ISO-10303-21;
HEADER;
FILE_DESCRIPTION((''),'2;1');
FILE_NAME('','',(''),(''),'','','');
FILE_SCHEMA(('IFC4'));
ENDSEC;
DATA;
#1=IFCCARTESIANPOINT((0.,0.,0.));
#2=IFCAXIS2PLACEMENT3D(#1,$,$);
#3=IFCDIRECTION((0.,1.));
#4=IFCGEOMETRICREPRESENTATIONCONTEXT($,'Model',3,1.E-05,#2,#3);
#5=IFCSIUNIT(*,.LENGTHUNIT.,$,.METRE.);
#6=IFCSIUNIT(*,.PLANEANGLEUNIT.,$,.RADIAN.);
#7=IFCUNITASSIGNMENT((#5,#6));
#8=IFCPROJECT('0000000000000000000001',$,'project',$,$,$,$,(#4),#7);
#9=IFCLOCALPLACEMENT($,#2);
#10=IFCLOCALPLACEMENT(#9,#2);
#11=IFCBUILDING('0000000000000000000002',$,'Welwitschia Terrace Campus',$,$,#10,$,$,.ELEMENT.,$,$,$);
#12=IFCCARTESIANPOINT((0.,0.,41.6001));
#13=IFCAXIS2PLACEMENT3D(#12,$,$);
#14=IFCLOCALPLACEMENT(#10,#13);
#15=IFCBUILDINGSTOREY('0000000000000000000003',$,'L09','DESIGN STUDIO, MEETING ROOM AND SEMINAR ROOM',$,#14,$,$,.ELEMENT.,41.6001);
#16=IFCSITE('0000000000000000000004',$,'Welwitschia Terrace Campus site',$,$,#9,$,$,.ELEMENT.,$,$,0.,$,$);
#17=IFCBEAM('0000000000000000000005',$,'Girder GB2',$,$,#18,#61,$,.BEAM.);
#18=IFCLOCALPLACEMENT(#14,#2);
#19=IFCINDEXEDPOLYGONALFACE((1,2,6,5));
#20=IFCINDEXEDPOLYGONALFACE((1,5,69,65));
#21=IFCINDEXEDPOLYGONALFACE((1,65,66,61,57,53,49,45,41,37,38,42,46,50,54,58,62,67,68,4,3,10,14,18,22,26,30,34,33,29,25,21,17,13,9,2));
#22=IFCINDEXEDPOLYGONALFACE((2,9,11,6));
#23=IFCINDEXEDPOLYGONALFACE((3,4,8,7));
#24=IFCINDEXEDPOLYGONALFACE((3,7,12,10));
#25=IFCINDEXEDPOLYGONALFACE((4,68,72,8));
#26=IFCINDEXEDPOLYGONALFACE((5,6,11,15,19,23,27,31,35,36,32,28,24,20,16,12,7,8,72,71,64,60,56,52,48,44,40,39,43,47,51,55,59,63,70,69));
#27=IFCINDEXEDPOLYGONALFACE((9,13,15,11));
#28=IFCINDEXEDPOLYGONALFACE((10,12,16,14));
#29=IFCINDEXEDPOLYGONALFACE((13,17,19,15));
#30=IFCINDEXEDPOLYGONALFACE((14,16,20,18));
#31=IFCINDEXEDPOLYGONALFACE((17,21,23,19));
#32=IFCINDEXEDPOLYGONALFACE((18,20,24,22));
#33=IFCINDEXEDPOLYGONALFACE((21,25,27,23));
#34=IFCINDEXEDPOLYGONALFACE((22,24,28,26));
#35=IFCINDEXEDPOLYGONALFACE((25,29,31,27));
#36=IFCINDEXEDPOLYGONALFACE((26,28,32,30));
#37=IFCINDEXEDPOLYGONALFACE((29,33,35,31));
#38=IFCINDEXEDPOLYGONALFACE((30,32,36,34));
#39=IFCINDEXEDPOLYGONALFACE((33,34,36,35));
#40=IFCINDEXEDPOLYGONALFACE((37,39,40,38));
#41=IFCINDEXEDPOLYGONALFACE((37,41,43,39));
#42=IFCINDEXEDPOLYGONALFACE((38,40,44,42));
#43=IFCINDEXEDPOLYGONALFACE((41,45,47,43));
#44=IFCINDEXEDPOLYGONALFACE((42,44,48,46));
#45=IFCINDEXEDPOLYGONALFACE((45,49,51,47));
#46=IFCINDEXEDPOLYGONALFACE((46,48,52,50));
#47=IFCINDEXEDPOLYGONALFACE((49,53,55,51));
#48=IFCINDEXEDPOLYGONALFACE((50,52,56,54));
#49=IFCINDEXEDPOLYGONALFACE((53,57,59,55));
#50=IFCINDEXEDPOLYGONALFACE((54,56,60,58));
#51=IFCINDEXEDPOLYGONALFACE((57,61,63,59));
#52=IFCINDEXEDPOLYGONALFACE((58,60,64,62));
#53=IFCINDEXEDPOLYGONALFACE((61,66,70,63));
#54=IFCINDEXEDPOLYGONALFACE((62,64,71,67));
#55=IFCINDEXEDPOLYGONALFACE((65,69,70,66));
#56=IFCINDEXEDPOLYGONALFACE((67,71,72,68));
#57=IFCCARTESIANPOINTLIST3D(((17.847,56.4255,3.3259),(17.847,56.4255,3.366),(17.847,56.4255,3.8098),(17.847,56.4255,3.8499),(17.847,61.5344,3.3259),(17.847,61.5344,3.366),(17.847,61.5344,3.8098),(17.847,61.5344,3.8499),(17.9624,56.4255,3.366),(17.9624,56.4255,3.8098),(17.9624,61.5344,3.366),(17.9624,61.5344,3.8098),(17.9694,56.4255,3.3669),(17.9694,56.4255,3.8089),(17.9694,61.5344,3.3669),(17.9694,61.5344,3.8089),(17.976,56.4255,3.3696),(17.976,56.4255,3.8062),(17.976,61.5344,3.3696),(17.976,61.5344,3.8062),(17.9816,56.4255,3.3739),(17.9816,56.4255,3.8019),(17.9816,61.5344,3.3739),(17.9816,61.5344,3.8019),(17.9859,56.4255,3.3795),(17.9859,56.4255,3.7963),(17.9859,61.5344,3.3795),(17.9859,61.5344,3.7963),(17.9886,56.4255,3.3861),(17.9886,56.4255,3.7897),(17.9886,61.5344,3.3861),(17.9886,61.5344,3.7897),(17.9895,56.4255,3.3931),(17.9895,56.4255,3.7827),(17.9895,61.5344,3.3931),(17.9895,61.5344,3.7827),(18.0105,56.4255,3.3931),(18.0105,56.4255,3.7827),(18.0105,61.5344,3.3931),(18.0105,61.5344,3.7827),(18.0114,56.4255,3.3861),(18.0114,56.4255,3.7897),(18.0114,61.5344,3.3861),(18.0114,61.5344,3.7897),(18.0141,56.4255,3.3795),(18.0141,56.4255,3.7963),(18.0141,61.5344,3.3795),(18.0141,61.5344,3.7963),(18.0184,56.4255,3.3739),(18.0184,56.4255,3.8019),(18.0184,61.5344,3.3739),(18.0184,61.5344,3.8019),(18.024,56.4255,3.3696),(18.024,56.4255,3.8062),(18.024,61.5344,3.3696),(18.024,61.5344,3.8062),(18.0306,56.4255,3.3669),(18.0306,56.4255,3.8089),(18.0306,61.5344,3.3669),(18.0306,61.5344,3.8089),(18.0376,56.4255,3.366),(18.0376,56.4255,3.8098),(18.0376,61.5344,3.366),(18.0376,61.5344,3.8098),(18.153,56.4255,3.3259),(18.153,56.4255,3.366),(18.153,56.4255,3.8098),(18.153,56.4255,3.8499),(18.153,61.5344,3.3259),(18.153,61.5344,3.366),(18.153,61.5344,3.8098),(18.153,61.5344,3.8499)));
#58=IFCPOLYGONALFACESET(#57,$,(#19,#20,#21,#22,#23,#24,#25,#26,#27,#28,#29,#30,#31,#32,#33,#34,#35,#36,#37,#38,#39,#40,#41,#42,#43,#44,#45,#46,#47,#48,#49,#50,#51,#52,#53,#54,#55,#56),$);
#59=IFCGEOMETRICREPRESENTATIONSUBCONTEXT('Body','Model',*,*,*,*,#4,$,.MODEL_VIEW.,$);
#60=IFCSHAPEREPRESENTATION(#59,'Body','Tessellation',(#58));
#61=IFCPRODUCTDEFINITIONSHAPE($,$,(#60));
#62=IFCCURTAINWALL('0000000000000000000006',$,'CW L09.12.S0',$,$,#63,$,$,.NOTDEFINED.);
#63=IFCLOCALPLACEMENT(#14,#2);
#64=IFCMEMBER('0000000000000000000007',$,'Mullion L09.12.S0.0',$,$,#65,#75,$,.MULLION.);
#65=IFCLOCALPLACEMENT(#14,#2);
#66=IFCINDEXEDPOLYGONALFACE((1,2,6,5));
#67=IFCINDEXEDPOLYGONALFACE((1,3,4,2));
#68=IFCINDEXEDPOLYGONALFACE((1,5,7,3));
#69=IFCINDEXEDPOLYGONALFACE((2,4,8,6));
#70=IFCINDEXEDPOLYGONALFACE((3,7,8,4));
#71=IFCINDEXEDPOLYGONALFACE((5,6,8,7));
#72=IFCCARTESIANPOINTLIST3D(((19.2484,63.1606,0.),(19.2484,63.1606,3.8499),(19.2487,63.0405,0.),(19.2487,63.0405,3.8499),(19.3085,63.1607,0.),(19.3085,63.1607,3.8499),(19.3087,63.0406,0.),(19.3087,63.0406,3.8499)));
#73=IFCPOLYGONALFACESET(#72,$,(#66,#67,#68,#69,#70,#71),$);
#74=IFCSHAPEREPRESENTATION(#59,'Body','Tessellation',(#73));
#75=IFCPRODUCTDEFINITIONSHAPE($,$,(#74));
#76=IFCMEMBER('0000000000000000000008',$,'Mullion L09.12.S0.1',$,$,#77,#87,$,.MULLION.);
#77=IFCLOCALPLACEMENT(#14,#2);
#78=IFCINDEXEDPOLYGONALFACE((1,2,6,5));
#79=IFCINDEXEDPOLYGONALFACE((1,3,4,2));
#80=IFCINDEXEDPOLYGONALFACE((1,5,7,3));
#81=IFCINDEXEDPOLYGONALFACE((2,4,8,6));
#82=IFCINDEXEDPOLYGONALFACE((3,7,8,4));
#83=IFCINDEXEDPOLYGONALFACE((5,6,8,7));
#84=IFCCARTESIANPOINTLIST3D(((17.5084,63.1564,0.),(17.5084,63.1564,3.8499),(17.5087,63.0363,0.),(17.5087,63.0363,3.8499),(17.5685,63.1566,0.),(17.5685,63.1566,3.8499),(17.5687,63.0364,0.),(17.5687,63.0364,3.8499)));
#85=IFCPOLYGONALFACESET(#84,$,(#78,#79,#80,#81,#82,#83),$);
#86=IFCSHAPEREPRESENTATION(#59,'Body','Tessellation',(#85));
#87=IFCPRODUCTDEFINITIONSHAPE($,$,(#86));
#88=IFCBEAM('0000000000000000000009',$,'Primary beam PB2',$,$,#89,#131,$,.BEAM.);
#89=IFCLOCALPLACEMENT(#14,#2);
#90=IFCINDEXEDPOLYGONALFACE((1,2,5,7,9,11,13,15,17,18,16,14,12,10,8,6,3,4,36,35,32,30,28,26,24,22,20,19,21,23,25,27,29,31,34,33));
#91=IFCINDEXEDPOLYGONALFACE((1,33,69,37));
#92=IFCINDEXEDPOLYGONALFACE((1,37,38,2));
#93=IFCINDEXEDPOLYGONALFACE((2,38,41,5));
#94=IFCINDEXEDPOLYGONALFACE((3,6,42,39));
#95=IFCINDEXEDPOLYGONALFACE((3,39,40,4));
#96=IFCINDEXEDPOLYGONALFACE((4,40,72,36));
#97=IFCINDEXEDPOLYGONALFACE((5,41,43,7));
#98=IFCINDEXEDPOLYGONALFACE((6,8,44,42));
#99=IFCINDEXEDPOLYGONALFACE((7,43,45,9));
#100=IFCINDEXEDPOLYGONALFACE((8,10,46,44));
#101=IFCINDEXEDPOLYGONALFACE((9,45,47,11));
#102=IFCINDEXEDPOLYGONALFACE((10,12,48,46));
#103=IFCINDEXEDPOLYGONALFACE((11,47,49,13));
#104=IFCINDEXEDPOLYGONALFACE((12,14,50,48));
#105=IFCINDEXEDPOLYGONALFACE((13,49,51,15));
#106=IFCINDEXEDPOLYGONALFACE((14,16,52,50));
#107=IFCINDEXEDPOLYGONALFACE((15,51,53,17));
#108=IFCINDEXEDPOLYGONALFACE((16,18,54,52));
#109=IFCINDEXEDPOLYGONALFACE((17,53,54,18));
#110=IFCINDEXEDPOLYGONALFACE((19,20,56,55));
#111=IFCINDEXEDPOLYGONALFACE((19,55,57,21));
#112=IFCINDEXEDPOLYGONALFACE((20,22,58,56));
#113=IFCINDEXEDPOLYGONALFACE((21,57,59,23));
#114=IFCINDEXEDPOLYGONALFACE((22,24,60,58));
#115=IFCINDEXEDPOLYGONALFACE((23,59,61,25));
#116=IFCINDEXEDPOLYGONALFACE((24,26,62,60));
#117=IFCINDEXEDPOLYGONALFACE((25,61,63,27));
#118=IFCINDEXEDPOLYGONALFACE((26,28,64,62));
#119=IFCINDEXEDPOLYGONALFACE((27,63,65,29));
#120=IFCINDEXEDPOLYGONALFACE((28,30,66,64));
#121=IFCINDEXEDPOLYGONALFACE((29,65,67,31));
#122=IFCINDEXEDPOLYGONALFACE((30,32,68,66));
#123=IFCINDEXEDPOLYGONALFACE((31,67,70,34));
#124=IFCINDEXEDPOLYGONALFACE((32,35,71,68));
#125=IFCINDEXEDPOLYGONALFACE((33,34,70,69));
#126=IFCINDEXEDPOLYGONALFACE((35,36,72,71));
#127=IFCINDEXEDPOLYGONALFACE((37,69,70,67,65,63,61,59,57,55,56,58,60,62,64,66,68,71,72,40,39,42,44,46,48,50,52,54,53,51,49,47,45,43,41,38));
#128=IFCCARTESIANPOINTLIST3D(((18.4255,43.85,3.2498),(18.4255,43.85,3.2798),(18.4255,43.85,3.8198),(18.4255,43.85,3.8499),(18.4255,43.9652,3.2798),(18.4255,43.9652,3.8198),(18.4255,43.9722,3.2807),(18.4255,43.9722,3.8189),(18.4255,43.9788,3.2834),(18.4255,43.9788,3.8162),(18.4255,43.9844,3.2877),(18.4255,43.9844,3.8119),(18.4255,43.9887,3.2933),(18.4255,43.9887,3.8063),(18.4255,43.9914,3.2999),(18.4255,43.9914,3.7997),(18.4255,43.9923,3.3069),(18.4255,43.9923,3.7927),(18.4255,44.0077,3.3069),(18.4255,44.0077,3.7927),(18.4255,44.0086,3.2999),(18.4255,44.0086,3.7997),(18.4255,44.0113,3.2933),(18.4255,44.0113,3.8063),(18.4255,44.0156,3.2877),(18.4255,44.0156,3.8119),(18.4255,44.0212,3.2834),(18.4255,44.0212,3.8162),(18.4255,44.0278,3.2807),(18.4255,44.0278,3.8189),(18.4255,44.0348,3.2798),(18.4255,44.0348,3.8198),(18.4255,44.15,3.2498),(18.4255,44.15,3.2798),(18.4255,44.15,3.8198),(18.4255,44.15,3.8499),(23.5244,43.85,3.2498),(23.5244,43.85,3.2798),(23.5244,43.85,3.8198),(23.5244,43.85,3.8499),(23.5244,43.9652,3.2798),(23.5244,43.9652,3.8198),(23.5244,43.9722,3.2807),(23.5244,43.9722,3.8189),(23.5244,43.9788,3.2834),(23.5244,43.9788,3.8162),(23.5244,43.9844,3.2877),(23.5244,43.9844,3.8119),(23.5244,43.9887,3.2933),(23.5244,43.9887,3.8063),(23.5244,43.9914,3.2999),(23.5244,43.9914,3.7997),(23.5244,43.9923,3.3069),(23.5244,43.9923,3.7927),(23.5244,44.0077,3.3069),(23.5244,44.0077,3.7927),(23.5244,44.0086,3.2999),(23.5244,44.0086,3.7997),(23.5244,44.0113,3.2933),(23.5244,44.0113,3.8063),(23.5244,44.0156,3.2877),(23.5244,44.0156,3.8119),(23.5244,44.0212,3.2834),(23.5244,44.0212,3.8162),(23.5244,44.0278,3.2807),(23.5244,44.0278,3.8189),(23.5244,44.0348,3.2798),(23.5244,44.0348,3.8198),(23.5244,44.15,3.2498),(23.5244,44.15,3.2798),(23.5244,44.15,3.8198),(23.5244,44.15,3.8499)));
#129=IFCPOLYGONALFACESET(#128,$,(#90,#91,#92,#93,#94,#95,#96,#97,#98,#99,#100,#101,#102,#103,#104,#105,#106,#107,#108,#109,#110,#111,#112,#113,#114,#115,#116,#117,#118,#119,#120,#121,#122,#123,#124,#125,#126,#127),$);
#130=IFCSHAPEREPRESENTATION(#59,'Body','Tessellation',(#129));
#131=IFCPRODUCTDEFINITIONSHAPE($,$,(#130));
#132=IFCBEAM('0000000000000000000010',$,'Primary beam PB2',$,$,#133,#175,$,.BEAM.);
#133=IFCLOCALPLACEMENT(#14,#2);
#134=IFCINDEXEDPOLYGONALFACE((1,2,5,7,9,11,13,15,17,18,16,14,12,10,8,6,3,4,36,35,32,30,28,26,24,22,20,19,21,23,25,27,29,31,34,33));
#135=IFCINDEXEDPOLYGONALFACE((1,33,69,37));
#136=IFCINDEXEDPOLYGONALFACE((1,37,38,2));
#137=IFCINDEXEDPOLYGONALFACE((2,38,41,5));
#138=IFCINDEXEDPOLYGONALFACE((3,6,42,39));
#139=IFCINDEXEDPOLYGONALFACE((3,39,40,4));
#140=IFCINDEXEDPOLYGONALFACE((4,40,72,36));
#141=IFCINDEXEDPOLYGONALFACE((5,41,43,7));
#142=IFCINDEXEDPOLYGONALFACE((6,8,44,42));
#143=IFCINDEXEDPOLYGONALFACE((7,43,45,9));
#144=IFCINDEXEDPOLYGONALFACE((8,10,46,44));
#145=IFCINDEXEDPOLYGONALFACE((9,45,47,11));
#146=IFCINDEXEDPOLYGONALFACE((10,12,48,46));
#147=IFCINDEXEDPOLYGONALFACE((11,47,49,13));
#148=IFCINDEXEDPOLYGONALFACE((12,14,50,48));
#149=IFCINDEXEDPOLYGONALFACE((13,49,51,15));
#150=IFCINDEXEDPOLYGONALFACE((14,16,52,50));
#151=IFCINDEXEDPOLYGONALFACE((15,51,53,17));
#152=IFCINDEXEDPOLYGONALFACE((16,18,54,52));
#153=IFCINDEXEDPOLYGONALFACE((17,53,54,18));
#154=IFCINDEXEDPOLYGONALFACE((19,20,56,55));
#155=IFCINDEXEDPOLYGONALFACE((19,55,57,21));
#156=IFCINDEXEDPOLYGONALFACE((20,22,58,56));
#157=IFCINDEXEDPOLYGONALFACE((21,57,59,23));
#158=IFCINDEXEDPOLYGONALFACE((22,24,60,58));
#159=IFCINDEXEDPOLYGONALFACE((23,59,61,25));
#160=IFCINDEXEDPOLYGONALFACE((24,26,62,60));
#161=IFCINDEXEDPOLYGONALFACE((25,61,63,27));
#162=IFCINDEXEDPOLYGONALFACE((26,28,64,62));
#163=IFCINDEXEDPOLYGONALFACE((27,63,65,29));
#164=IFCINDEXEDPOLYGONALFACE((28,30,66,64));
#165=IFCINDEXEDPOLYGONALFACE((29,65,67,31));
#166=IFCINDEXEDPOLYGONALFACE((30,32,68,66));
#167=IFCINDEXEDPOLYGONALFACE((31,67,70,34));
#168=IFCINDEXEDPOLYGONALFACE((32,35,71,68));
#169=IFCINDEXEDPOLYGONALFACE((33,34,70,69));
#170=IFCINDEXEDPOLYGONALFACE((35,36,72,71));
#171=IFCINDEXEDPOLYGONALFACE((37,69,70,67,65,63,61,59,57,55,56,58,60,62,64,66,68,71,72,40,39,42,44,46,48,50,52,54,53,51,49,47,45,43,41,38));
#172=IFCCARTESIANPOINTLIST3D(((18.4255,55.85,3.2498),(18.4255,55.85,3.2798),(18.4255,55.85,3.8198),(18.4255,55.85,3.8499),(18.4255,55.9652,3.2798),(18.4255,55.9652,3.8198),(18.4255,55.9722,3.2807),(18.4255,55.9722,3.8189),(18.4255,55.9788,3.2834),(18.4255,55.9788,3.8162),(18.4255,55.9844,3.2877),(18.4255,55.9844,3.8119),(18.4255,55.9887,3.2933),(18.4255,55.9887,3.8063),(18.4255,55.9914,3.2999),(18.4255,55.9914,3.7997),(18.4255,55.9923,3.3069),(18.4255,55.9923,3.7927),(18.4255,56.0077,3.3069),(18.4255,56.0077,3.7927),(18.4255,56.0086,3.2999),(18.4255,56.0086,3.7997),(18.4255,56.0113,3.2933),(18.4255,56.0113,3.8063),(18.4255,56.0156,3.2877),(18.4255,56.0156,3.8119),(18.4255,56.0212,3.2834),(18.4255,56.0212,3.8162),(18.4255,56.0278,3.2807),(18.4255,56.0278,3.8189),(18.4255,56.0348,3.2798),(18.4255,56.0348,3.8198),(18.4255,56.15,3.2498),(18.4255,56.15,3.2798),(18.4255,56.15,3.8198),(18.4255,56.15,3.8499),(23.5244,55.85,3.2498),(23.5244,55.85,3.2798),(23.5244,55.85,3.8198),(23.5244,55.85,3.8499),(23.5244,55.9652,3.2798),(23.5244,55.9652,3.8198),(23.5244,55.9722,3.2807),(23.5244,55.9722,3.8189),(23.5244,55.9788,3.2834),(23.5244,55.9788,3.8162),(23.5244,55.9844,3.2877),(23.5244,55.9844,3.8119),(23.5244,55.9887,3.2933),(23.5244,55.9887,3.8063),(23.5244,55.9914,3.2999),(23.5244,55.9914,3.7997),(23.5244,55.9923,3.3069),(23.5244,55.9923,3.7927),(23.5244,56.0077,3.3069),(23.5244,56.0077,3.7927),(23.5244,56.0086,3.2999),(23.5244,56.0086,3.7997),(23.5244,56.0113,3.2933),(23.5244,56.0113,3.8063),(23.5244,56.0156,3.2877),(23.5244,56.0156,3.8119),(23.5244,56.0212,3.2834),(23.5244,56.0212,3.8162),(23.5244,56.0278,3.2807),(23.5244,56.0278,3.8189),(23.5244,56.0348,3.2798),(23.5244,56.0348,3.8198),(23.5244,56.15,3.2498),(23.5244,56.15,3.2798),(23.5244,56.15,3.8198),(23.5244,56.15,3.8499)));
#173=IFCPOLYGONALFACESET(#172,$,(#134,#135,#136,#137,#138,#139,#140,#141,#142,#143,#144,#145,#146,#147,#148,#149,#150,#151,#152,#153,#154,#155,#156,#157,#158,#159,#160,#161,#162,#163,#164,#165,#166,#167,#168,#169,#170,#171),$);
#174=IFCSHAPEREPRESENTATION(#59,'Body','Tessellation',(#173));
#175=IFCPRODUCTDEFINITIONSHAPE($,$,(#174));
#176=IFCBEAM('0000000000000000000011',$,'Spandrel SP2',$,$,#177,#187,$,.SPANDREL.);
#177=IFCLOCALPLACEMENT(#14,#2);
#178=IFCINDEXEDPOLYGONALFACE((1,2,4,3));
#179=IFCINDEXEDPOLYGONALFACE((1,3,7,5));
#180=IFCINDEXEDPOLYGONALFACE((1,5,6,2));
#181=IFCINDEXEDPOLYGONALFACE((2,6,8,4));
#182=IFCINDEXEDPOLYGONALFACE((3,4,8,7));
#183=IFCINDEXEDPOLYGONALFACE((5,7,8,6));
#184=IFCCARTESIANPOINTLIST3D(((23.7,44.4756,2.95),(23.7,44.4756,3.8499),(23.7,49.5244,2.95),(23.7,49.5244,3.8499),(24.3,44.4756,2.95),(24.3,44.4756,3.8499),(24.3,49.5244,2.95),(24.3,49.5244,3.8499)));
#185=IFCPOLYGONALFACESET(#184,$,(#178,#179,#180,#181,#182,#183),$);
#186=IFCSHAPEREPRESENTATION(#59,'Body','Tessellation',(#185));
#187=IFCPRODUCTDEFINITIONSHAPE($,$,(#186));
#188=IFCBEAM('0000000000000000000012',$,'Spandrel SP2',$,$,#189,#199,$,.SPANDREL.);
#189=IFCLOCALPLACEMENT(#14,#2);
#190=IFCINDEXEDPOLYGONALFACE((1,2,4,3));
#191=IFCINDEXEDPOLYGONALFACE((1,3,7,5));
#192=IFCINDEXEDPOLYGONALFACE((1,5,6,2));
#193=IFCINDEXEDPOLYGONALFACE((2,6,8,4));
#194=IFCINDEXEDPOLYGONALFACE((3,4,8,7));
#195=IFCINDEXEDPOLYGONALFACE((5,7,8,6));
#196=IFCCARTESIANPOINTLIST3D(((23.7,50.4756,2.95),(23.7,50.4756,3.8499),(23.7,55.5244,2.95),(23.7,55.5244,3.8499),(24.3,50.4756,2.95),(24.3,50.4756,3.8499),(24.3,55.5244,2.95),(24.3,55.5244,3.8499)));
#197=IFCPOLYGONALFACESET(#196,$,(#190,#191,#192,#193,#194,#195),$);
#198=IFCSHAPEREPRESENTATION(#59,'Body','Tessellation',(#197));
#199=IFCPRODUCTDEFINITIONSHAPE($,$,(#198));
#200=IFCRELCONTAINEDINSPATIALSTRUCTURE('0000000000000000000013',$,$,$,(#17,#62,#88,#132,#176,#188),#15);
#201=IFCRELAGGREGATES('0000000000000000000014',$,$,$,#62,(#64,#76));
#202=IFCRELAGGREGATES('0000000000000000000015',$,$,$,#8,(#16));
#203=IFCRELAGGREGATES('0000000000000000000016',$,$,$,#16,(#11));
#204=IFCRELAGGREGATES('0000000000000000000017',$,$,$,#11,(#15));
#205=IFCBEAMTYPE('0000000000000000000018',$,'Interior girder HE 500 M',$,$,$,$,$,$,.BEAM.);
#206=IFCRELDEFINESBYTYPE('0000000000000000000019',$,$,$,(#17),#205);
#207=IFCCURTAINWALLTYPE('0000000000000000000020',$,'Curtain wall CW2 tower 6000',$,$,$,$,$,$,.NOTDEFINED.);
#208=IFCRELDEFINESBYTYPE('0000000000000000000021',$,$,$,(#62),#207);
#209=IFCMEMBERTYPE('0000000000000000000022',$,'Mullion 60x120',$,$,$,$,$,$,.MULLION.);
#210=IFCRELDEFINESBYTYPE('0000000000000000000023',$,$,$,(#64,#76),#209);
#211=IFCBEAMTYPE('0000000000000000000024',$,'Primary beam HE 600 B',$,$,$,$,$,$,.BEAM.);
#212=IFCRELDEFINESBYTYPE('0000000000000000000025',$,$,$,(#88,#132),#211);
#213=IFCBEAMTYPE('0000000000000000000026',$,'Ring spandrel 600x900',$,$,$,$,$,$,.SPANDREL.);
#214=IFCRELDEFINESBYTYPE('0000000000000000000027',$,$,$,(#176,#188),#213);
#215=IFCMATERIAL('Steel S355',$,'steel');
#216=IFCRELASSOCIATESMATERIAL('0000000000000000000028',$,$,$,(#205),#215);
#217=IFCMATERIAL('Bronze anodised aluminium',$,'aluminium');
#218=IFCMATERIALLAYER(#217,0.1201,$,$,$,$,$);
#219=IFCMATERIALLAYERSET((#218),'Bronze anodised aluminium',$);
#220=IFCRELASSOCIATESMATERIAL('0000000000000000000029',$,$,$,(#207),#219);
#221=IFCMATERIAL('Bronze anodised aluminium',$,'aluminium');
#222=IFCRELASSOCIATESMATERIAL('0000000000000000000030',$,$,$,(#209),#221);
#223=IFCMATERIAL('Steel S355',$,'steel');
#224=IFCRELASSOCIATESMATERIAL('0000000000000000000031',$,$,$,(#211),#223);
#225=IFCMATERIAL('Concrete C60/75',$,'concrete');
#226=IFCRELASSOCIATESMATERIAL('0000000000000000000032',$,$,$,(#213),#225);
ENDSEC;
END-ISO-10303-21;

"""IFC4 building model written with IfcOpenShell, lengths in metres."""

from ifc_helpers import new_model, si_unit, direction, frame, origin, origin_2d, place, context, subcontext, project, spatial, rectangle, i_section, extrude, material, layer, layer_set, material_profile, profile_set, type_object, element, aggregate, save


model = new_model("IFC4")

# Units and contexts
model_context = context("Model", 3, precision=1e-05, world=origin(), true_north=direction((0.0, 1.0)))
body_context = subcontext(model_context, "Body", "Model", "MODEL_VIEW")
ifc_project = project(units=[si_unit("LENGTHUNIT", "METRE"), si_unit("PLANEANGLEUNIT", "RADIAN")], contexts=[model_context])

# Site, building, storey
site_placement = place(None, origin())
site = spatial("IfcSite", under=ifc_project, at=site_placement, Name="Welwitschia Terrace Campus site", CompositionType="ELEMENT", RefElevation=0.0)
building_placement = place(site_placement, origin())
building = spatial("IfcBuilding", under=site, at=building_placement, Name="Welwitschia Terrace Campus", CompositionType="ELEMENT")
storey_placement = place(building_placement, frame((0.0, 0.0, 41.6001)))
storey = spatial("IfcBuildingStorey", under=building, at=storey_placement, Name="L09", Description="DESIGN STUDIO, MEETING ROOM AND SEMINAR ROOM", CompositionType="ELEMENT", Elevation=41.6001)

# Beam
ifc_material_1 = material(Name="Steel S355", Category="steel")
ifc_material_profile_1 = material_profile(ifc_material_1, i_section(OverallWidth=0.3059, OverallDepth=0.5239, WebThickness=0.021, FlangeThickness=0.04, FilletRadius=0.0271, at=origin_2d()))
ifc_profile_set_1 = profile_set([ifc_material_profile_1], Name="Steel S355")
beam_type_1 = type_object("IfcBeamType", Name="Interior girder HE 500 M", PredefinedType="BEAM", material=ifc_profile_set_1)
beam_1_placement = place(storey_placement, frame((18.0, 56.4255, 3.5879), z_axis=(0.0, 1.0, 0.0), x_axis=(-1.0, 0.0, 0.0)))
element("IfcBeam", 1, at=beam_1_placement, inside=storey, type_object=beam_type_1, Name="Girder GB2", PredefinedType="BEAM", context=body_context, shape_type="SweptSolid", body=[
    extrude(i_section(OverallWidth=0.3059, OverallDepth=0.5239, WebThickness=0.021, FlangeThickness=0.04, FilletRadius=0.0271, at=origin_2d()), origin(), (0.0, 0.0, 1.0), 5.1089),
])

# Curtain wall, members
ifc_material_2 = material(Name="Bronze anodised aluminium", Category="aluminium")
ifc_layer_1 = layer(ifc_material_2, 0.1201)
ifc_layer_set_1 = layer_set([ifc_layer_1], Name="Bronze anodised aluminium")
curtain_wall_type = type_object("IfcCurtainWallType", Name="Curtain wall CW2 tower 6000", PredefinedType="NOTDEFINED", material=ifc_layer_set_1)
curtain_wall_placement = place(storey_placement, origin())
curtain_wall = element("IfcCurtainWall", 2, at=curtain_wall_placement, inside=storey, type_object=curtain_wall_type, Name="CW L09.12.S0", PredefinedType="NOTDEFINED")
ifc_material_3 = material(Name="Bronze anodised aluminium", Category="aluminium")
ifc_material_profile_2 = material_profile(ifc_material_3, rectangle(XDim=0.1201, YDim=0.0601, at=origin_2d()))
ifc_profile_set_2 = profile_set([ifc_material_profile_2], Name="Bronze anodised aluminium")
member_type_1 = type_object("IfcMemberType", Name="Mullion 60x120", PredefinedType="MULLION", material=ifc_profile_set_2)
member_1_placement = place(storey_placement, frame((19.2786, 63.1006, 0.0), z_axis=(0.0, 0.0, 1.0), x_axis=(0.002277, -0.999997, 0.0)))
member_1 = element("IfcMember", 3, at=member_1_placement, type_object=member_type_1, Name="Mullion L09.12.S0.0", PredefinedType="MULLION", context=body_context, shape_type="SweptSolid", body=[
    extrude(rectangle(XDim=0.1201, YDim=0.0601, at=origin_2d()), origin(), (0.0, 0.0, 1.0), 3.8499),
])
member_2_placement = place(storey_placement, frame((17.5386, 63.0964, 0.0), z_axis=(0.0, 0.0, 1.0), x_axis=(0.002277, -0.999997, 0.0)))
member_2 = element("IfcMember", 4, at=member_2_placement, type_object=member_type_1, Name="Mullion L09.12.S0.1", PredefinedType="MULLION", context=body_context, shape_type="SweptSolid", body=[
    extrude(rectangle(XDim=0.1201, YDim=0.0601, at=origin_2d()), origin(), (0.0, 0.0, 1.0), 3.8499),
])

# Beams
ifc_material_4 = material(Name="Steel S355", Category="steel")
ifc_material_profile_3 = material_profile(ifc_material_4, i_section(OverallWidth=0.3, OverallDepth=0.6001, WebThickness=0.0154, FlangeThickness=0.03, FilletRadius=0.0271, at=origin_2d()))
ifc_profile_set_3 = profile_set([ifc_material_profile_3], Name="Steel S355")
beam_type_2 = type_object("IfcBeamType", Name="Primary beam HE 600 B", PredefinedType="BEAM", material=ifc_profile_set_3)
for number, where, z_axis, x_axis, name in (
    (5, (23.5244, 44.0, 3.5498), (-1.0, 0.0, 0.0), (0.0, -1.0, 0.0), "Primary beam PB2"),
    (6, (23.5244, 56.0, 3.5498), (-1.0, 0.0, 0.0), (0.0, -1.0, 0.0), "Primary beam PB2"),
):
    element("IfcBeam", number, at=place(storey_placement, frame(where, z_axis=z_axis, x_axis=x_axis)), inside=storey, type_object=beam_type_2, Name=name, PredefinedType="BEAM", context=body_context, shape_type="SweptSolid", body=[
        extrude(i_section(OverallWidth=0.3, OverallDepth=0.6001, WebThickness=0.0154, FlangeThickness=0.03, FilletRadius=0.0271, at=origin_2d()), origin(), (0.0, 0.0, 1.0), 5.0989),
    ])
ifc_material_5 = material(Name="Concrete C60/75", Category="concrete")
ifc_material_profile_4 = material_profile(ifc_material_5, rectangle(XDim=0.6001, YDim=0.8999, at=origin_2d()))
ifc_profile_set_4 = profile_set([ifc_material_profile_4], Name="Concrete C60/75")
beam_type_3 = type_object("IfcBeamType", Name="Ring spandrel 600x900", PredefinedType="SPANDREL", material=ifc_profile_set_4)
for number, where, z_axis, x_axis, name in (
    (7, (24.0, 44.4756, 3.3999), (0.0, 1.0, 0.0), (-1.0, 0.0, 0.0), "Spandrel SP2"),
    (8, (24.0, 50.4756, 3.3999), (0.0, 1.0, 0.0), (-1.0, 0.0, 0.0), "Spandrel SP2"),
):
    element("IfcBeam", number, at=place(storey_placement, frame(where, z_axis=z_axis, x_axis=x_axis)), inside=storey, type_object=beam_type_3, Name=name, PredefinedType="SPANDREL", context=body_context, shape_type="SweptSolid", body=[
        extrude(rectangle(XDim=0.6001, YDim=0.8999, at=origin_2d()), origin(), (0.0, 0.0, 1.0), 5.0488),
    ])

aggregate(curtain_wall, [member_1, member_2])

save(model, "model.ifc")
